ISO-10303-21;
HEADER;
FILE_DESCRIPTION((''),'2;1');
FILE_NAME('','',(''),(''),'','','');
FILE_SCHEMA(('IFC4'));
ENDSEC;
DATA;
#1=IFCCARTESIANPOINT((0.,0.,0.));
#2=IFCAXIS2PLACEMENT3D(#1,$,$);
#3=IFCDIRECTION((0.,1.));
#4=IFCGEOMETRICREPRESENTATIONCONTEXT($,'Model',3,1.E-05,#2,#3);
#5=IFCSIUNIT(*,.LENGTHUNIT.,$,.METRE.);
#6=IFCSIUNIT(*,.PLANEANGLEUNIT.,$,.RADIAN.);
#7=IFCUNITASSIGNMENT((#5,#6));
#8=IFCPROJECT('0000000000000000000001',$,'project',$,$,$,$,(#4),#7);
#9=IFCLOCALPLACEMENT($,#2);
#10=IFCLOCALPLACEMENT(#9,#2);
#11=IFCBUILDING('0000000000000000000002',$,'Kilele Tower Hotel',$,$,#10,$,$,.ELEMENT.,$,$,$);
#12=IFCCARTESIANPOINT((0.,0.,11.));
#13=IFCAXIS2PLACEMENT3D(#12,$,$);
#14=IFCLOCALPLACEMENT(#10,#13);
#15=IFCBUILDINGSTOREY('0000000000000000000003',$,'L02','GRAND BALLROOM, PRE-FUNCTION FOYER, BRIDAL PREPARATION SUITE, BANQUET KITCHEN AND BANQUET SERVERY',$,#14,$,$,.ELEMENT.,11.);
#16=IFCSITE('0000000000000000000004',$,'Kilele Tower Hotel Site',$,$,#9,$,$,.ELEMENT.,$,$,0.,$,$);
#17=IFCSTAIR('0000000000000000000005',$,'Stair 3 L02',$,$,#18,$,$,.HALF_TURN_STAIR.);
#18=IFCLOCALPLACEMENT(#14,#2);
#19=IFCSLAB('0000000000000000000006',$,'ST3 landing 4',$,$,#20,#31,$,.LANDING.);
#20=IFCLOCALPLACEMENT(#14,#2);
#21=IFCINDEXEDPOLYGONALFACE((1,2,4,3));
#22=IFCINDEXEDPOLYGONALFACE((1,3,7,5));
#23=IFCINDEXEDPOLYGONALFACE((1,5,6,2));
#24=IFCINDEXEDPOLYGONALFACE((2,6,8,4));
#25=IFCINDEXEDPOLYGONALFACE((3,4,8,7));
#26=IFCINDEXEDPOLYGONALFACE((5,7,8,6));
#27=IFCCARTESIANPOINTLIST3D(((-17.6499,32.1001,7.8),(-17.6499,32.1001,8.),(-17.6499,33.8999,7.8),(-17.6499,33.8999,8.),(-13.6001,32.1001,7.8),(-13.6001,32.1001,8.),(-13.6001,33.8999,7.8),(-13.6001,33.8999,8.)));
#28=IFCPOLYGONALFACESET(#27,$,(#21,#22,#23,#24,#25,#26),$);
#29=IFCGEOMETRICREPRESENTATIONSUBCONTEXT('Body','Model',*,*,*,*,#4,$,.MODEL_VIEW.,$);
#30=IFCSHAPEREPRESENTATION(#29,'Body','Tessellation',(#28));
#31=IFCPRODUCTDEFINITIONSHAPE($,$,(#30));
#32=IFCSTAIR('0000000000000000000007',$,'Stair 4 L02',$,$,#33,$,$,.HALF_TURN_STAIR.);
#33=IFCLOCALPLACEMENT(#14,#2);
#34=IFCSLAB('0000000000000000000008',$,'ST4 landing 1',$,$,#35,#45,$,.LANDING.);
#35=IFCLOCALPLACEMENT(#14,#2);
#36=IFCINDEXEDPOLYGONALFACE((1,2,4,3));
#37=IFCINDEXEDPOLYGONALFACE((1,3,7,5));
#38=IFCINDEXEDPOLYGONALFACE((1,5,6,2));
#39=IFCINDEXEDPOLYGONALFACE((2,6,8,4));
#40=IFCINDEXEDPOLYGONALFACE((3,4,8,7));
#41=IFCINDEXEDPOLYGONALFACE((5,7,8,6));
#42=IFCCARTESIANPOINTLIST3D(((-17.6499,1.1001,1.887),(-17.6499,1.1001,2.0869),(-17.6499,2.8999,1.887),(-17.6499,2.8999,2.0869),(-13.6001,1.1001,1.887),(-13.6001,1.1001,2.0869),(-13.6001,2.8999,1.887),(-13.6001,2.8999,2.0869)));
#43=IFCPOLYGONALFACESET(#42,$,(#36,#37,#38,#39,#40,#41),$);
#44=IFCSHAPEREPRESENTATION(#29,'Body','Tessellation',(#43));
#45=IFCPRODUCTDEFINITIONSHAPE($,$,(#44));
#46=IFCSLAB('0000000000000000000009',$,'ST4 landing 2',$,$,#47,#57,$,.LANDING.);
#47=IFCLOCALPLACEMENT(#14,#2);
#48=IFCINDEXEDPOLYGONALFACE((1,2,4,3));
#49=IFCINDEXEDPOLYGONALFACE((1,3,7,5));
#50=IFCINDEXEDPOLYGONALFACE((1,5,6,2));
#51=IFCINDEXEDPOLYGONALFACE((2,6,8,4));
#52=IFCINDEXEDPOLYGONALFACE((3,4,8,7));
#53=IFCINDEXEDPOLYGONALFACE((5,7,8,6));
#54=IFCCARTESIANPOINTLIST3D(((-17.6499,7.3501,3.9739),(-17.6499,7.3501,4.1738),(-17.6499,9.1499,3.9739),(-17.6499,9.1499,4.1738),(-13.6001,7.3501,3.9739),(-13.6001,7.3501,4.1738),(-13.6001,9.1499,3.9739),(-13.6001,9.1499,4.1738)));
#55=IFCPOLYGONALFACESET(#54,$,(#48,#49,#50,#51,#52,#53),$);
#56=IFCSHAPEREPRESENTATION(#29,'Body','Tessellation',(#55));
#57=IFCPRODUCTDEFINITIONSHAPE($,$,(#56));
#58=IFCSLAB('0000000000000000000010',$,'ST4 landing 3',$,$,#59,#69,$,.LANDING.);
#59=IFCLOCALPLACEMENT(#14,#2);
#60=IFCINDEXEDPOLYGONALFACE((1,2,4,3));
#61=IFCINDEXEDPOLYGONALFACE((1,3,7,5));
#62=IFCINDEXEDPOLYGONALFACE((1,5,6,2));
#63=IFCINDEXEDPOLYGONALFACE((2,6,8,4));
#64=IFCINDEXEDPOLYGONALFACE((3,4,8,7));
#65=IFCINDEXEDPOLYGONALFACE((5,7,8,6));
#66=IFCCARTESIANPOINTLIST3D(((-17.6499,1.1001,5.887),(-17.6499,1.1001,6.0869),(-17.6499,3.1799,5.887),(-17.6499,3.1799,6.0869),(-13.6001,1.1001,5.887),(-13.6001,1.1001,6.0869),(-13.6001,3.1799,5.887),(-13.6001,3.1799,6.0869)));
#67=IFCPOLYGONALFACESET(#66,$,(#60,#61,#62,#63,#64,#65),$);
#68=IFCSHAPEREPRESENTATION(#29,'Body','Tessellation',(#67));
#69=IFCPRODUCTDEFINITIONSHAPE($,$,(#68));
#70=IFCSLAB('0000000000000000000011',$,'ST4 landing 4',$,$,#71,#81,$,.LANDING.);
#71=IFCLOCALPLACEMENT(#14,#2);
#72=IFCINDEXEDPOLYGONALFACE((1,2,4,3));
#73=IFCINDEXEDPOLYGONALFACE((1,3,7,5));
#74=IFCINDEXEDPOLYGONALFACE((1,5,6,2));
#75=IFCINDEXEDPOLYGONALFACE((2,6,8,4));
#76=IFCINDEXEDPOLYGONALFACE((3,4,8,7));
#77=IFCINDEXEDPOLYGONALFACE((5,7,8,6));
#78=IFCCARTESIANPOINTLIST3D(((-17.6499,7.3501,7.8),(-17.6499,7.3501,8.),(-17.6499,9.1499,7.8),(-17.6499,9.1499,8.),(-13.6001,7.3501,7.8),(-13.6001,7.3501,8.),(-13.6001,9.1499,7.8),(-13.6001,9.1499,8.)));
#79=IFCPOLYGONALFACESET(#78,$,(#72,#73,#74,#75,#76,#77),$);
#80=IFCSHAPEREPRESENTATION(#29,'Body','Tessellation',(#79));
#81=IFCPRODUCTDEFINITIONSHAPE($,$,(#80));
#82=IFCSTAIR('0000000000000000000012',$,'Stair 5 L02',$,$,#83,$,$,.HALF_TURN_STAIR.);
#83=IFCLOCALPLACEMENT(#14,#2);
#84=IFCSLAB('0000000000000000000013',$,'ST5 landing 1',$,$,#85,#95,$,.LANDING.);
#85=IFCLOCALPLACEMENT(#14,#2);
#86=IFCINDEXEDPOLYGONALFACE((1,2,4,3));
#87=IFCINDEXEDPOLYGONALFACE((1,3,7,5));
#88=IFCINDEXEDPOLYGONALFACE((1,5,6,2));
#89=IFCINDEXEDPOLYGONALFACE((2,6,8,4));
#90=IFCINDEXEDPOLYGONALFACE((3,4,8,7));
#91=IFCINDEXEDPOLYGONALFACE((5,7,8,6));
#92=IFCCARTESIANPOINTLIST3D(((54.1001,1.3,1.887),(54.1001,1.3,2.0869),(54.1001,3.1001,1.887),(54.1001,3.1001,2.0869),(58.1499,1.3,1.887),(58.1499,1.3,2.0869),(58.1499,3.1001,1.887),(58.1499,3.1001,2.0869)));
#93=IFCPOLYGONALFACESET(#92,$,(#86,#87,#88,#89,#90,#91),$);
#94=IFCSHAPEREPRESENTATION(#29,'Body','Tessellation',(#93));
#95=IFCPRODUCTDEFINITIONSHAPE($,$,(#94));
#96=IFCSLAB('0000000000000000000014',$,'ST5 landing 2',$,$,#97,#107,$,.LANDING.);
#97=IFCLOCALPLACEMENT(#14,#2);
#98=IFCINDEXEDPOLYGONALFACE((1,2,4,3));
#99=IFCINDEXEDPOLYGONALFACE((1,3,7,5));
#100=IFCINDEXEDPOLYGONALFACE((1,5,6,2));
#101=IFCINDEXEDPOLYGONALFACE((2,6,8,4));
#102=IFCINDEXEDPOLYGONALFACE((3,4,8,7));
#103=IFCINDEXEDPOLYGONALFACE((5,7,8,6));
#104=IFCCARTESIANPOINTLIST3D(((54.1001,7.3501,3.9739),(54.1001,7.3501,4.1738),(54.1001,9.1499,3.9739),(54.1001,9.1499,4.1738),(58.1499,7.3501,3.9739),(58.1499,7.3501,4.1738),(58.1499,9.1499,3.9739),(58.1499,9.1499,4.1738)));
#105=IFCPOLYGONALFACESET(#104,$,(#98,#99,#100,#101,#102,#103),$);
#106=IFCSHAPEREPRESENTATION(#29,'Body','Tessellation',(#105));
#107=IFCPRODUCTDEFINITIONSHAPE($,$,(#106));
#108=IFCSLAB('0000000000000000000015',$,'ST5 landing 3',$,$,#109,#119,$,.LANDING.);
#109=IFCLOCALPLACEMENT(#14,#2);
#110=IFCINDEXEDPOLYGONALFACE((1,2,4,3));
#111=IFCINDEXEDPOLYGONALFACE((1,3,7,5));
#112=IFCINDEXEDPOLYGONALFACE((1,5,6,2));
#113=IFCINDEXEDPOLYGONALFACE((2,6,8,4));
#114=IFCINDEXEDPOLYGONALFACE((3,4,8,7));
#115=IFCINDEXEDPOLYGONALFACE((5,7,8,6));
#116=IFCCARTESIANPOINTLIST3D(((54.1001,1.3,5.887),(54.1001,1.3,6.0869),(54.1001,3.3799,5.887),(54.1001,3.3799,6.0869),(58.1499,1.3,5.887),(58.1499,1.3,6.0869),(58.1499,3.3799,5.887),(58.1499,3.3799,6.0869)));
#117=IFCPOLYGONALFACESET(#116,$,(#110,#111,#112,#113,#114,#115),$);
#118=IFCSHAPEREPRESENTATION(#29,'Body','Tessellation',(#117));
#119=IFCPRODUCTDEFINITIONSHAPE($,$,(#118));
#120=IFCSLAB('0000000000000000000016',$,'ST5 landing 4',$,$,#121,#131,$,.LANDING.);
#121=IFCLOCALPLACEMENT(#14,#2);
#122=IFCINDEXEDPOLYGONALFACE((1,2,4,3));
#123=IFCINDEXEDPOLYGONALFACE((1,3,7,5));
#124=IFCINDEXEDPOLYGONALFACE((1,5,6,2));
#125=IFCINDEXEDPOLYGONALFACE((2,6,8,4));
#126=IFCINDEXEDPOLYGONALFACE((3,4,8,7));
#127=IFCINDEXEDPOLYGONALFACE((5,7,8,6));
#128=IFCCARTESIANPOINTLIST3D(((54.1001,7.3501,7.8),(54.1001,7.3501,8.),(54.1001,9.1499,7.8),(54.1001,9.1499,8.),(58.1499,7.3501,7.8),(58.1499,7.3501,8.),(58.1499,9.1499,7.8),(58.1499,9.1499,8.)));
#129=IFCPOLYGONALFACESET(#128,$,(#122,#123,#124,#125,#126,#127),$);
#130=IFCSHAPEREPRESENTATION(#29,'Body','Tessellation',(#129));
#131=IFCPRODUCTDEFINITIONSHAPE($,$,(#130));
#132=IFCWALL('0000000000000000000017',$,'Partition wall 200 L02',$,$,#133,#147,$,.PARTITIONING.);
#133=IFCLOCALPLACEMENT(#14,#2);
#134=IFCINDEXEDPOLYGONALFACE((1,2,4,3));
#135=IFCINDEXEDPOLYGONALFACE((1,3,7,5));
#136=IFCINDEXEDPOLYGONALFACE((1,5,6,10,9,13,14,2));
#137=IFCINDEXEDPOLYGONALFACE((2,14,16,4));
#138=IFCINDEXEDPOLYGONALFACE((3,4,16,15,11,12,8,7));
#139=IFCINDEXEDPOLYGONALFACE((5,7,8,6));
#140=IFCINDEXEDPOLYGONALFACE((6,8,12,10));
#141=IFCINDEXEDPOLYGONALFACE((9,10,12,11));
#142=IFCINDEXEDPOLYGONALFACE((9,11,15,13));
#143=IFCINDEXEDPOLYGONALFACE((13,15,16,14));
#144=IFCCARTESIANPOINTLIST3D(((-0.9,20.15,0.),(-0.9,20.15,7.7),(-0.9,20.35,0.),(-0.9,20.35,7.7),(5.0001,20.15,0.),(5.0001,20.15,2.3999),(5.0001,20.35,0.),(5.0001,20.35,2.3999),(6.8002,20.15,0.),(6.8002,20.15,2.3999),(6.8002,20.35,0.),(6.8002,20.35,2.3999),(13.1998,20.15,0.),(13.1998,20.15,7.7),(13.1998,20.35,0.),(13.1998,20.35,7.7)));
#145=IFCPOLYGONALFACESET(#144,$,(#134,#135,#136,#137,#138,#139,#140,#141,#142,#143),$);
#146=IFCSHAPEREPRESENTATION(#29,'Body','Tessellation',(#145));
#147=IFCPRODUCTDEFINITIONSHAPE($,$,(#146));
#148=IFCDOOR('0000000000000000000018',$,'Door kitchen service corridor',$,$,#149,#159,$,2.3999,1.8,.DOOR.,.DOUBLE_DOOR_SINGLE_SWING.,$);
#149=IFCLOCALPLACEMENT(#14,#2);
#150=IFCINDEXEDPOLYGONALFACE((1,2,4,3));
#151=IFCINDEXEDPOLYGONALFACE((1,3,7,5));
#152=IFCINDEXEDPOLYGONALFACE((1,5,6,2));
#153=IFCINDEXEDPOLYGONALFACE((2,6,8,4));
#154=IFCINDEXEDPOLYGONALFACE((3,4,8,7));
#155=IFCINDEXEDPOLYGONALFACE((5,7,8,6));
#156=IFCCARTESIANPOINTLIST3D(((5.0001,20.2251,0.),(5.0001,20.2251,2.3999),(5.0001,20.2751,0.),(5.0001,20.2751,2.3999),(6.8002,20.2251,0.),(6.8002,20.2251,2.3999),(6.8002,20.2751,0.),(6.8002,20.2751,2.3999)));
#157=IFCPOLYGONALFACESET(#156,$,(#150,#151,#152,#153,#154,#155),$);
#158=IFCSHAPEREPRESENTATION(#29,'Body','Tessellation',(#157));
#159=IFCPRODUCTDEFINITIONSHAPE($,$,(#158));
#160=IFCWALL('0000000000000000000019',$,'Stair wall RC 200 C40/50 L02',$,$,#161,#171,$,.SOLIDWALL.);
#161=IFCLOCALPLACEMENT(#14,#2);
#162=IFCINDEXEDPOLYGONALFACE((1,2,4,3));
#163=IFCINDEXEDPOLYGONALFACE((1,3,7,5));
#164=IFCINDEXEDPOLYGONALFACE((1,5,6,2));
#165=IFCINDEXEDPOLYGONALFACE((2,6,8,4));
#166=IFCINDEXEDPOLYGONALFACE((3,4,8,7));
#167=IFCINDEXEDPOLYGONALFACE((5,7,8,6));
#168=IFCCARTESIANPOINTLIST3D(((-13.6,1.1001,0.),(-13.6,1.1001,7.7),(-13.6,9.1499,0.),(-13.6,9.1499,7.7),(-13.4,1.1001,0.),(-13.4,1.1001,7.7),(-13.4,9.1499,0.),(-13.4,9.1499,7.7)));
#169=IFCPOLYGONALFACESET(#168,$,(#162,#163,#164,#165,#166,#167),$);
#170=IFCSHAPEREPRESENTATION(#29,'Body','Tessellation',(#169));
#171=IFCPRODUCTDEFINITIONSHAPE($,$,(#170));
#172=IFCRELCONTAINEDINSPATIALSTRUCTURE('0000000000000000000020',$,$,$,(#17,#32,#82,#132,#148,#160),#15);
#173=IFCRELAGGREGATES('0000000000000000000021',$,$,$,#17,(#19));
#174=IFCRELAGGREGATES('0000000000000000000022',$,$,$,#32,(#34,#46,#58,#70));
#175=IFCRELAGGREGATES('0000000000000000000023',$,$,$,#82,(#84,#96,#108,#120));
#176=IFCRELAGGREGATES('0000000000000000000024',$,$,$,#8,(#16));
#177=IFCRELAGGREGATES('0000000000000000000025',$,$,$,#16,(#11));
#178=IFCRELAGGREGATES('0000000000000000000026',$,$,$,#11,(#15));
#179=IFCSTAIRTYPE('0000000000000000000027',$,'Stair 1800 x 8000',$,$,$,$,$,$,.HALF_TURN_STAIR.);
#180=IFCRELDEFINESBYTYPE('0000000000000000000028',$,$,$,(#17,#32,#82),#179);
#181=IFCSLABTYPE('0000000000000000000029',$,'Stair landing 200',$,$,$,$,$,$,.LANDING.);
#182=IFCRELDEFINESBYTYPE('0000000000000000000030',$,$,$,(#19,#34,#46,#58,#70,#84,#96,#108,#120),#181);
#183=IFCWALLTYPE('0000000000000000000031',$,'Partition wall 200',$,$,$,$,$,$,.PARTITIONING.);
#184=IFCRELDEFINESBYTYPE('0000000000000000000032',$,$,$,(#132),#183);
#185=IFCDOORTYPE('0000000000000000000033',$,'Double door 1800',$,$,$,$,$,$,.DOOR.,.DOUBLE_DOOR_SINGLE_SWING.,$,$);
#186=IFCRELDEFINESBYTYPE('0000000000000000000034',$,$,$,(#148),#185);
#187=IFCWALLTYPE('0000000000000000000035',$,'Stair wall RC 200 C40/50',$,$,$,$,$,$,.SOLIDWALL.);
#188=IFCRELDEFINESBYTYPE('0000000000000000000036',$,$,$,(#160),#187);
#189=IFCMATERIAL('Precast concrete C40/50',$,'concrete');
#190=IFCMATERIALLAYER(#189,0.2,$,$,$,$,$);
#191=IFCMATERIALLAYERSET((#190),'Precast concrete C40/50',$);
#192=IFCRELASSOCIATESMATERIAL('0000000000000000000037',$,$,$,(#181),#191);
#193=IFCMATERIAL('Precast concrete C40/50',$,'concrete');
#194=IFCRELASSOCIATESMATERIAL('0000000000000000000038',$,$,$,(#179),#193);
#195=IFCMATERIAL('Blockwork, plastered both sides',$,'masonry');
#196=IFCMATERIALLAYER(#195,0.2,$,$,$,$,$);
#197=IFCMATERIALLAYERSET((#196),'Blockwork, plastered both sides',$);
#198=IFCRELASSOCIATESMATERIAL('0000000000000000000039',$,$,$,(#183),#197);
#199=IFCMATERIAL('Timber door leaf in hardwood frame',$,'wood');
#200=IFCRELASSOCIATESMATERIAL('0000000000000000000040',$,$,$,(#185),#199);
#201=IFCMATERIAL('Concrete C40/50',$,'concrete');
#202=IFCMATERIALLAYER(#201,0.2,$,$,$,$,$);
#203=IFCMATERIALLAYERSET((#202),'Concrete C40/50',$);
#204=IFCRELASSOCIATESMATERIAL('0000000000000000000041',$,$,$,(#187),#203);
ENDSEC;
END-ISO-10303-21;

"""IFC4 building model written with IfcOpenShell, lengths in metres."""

from ifc_helpers import new_model, si_unit, direction, frame, frame_2d, origin, place, context, subcontext, project, spatial, polyline, rectangle, outline, extrude, material, layer, layer_set, type_object, element, fill, aggregate, save


model = new_model("IFC4")

# Units and contexts
model_context = context("Model", 3, precision=1e-05, world=origin(), true_north=direction((0.0, 1.0)))
body_context = subcontext(model_context, "Body", "Model", "MODEL_VIEW")
ifc_project = project(units=[si_unit("LENGTHUNIT", "METRE"), si_unit("PLANEANGLEUNIT", "RADIAN")], contexts=[model_context])

# Site, building, storey
site_placement = place(None, origin())
site = spatial("IfcSite", under=ifc_project, at=site_placement, Name="Kilele Tower Hotel Site", CompositionType="ELEMENT", RefElevation=0.0)
building_placement = place(site_placement, origin())
building = spatial("IfcBuilding", under=site, at=building_placement, Name="Kilele Tower Hotel", CompositionType="ELEMENT")
storey_placement = place(building_placement, frame((0.0, 0.0, 11.0)))
storey = spatial("IfcBuildingStorey", under=building, at=storey_placement, Name="L02", Description="GRAND BALLROOM, PRE-FUNCTION FOYER, BRIDAL PREPARATION SUITE, BANQUET KITCHEN AND BANQUET SERVERY", CompositionType="ELEMENT", Elevation=11.0)

# Stairs, slabs
ifc_material_1 = material(Name="Precast concrete C40/50", Category="concrete")
ifc_layer_1 = layer(ifc_material_1, 0.2)
ifc_layer_set_1 = layer_set([ifc_layer_1], Name="Precast concrete C40/50")
slab_type = type_object("IfcSlabType", Name="Stair landing 200", PredefinedType="LANDING", material=ifc_layer_set_1)
ifc_material_2 = material(Name="Precast concrete C40/50", Category="concrete")
stair_type_1 = type_object("IfcStairType", Name="Stair 1800 x 8000", PredefinedType="HALF_TURN_STAIR", material=ifc_material_2)
stair_1_placement = place(storey_placement, origin())
stair_1 = element("IfcStair", 1, at=stair_1_placement, inside=storey, type_object=stair_type_1, Name="Stair 3 L02", PredefinedType="HALF_TURN_STAIR")
slab_1_placement = place(storey_placement, frame((0.0, 0.0, 7.8)))
slab_1 = element("IfcSlab", 2, at=slab_1_placement, type_object=slab_type, Name="ST3 landing 4", PredefinedType="LANDING", context=body_context, shape_type="SweptSolid", body=[
    extrude(outline(polyline([(-17.6499, 32.1001), (-13.6001, 32.1001), (-13.6001, 33.8999), (-17.6499, 33.8999), (-17.6499, 32.1001)])), origin(), (0.0, 0.0, 1.0), 0.2),
])
aggregate(stair_1, [slab_1])
stair_2_placement = place(storey_placement, origin())
stair_2 = element("IfcStair", 3, at=stair_2_placement, inside=storey, type_object=stair_type_1, Name="Stair 4 L02", PredefinedType="HALF_TURN_STAIR")
slab_2_placement = place(storey_placement, frame((0.0, 0.0, 1.887)))
slab_2 = element("IfcSlab", 4, at=slab_2_placement, type_object=slab_type, Name="ST4 landing 1", PredefinedType="LANDING", context=body_context, shape_type="SweptSolid", body=[
    extrude(outline(polyline([(-17.6499, 1.1001), (-13.6001, 1.1001), (-13.6001, 2.8999), (-17.6499, 2.8999), (-17.6499, 1.1001)])), origin(), (0.0, 0.0, 1.0), 0.2),
])
slab_3_placement = place(storey_placement, frame((0.0, 0.0, 3.9739)))
slab_3 = element("IfcSlab", 5, at=slab_3_placement, type_object=slab_type, Name="ST4 landing 2", PredefinedType="LANDING", context=body_context, shape_type="SweptSolid", body=[
    extrude(outline(polyline([(-17.6499, 7.3501), (-13.6001, 7.3501), (-13.6001, 9.1499), (-17.6499, 9.1499), (-17.6499, 7.3501)])), origin(), (0.0, 0.0, 1.0), 0.2),
])
slab_4_placement = place(storey_placement, frame((0.0, 0.0, 5.887)))
slab_4 = element("IfcSlab", 6, at=slab_4_placement, type_object=slab_type, Name="ST4 landing 3", PredefinedType="LANDING", context=body_context, shape_type="SweptSolid", body=[
    extrude(outline(polyline([(-17.6499, 1.1001), (-13.6001, 1.1001), (-13.6001, 3.1799), (-17.6499, 3.1799), (-17.6499, 1.1001)])), origin(), (0.0, 0.0, 1.0), 0.2),
])
slab_5_placement = place(storey_placement, frame((0.0, 0.0, 7.8)))
slab_5 = element("IfcSlab", 7, at=slab_5_placement, type_object=slab_type, Name="ST4 landing 4", PredefinedType="LANDING", context=body_context, shape_type="SweptSolid", body=[
    extrude(outline(polyline([(-17.6499, 7.3501), (-13.6001, 7.3501), (-13.6001, 9.1499), (-17.6499, 9.1499), (-17.6499, 7.3501)])), origin(), (0.0, 0.0, 1.0), 0.2),
])
aggregate(stair_2, [slab_2, slab_3, slab_4, slab_5])
stair_3_placement = place(storey_placement, origin())
stair_3 = element("IfcStair", 8, at=stair_3_placement, inside=storey, type_object=stair_type_1, Name="Stair 5 L02", PredefinedType="HALF_TURN_STAIR")
slab_6_placement = place(storey_placement, frame((0.0, 0.0, 1.887)))
slab_6 = element("IfcSlab", 9, at=slab_6_placement, type_object=slab_type, Name="ST5 landing 1", PredefinedType="LANDING", context=body_context, shape_type="SweptSolid", body=[
    extrude(outline(polyline([(54.1001, 1.3), (58.1499, 1.3), (58.1499, 3.1001), (54.1001, 3.1001), (54.1001, 1.3)])), origin(), (0.0, 0.0, 1.0), 0.2),
])
slab_7_placement = place(storey_placement, frame((0.0, 0.0, 3.9739)))
slab_7 = element("IfcSlab", 10, at=slab_7_placement, type_object=slab_type, Name="ST5 landing 2", PredefinedType="LANDING", context=body_context, shape_type="SweptSolid", body=[
    extrude(outline(polyline([(54.1001, 7.3501), (58.1499, 7.3501), (58.1499, 9.1499), (54.1001, 9.1499), (54.1001, 7.3501)])), origin(), (0.0, 0.0, 1.0), 0.2),
])
slab_8_placement = place(storey_placement, frame((0.0, 0.0, 5.887)))
slab_8 = element("IfcSlab", 11, at=slab_8_placement, type_object=slab_type, Name="ST5 landing 3", PredefinedType="LANDING", context=body_context, shape_type="SweptSolid", body=[
    extrude(outline(polyline([(54.1001, 1.3), (58.1499, 1.3), (58.1499, 3.3799), (54.1001, 3.3799), (54.1001, 1.3)])), origin(), (0.0, 0.0, 1.0), 0.2),
])
slab_9_placement = place(storey_placement, frame((0.0, 0.0, 7.8)))
slab_9 = element("IfcSlab", 12, at=slab_9_placement, type_object=slab_type, Name="ST5 landing 4", PredefinedType="LANDING", context=body_context, shape_type="SweptSolid", body=[
    extrude(outline(polyline([(54.1001, 7.3501), (58.1499, 7.3501), (58.1499, 9.1499), (54.1001, 9.1499), (54.1001, 7.3501)])), origin(), (0.0, 0.0, 1.0), 0.2),
])
aggregate(stair_3, [slab_6, slab_7, slab_8, slab_9])

# Wall, opening, door
ifc_material_3 = material(Name="Blockwork, plastered both sides", Category="masonry")
ifc_layer_2 = layer(ifc_material_3, 0.2)
ifc_layer_set_2 = layer_set([ifc_layer_2], Name="Blockwork, plastered both sides")
wall_type_1 = type_object("IfcWallType", Name="Partition wall 200", PredefinedType="PARTITIONING", material=ifc_layer_set_2)
wall_1_placement = place(storey_placement, frame((-0.8999, 20.25, 0.0), z_axis=(0.0, 0.0, 1.0), x_axis=(1.0, 0.0, 0.0)))
wall_1 = element("IfcWall", 13, at=wall_1_placement, inside=storey, type_object=wall_type_1, Name="Partition wall 200 L02", PredefinedType="PARTITIONING", context=body_context, shape_type="SweptSolid", body=[
    extrude(rectangle(XDim=14.0999, YDim=0.2, at=frame_2d((7.0498, 0.0))), origin(), (0.0, 0.0, 1.0), 7.7),
])
opening_placement = place(wall_1_placement, frame((7.7, 0.0, 0.0), z_axis=(0.0, 0.0, 1.0), x_axis=(-1.0, 0.0, 0.0)))
opening = element("IfcOpeningElement", 14, at=opening_placement, cuts=wall_1, PredefinedType="OPENING", context=body_context, shape_type="SweptSolid", body=[
    extrude(rectangle(XDim=1.8, YDim=2.3999, at=frame_2d((0.8999, 1.2))), frame((0.0, 0.1099, 0.0), z_axis=(0.0, -1.0, 0.0), x_axis=(1.0, 0.0, 0.0)), (0.0, 0.0, 1.0), 0.22),
])
ifc_material_4 = material(Name="Timber door leaf in hardwood frame", Category="wood")
door_type = type_object("IfcDoorType", Name="Double door 1800", OperationType="DOUBLE_DOOR_SINGLE_SWING", PredefinedType="DOOR", material=ifc_material_4)
door_placement = place(opening_placement, origin())
door = element("IfcDoor", 15, at=door_placement, inside=storey, type_object=door_type, Name="Door kitchen service corridor", OperationType="DOUBLE_DOOR_SINGLE_SWING", OverallHeight=2.3999, OverallWidth=1.8, PredefinedType="DOOR", context=body_context, shape_type="SweptSolid", body=[
    extrude(rectangle(XDim=1.8, YDim=2.3999, at=frame_2d((0.8999, 1.2))), frame((0.0, 0.0249, 0.0), z_axis=(0.0, -1.0, 0.0), x_axis=(1.0, 0.0, 0.0)), (0.0, 0.0, 1.0), 0.05),
])
fill(opening, door)

# Wall
ifc_material_5 = material(Name="Concrete C40/50", Category="concrete")
ifc_layer_3 = layer(ifc_material_5, 0.2)
ifc_layer_set_3 = layer_set([ifc_layer_3], Name="Concrete C40/50")
wall_type_2 = type_object("IfcWallType", Name="Stair wall RC 200 C40/50", PredefinedType="SOLIDWALL", material=ifc_layer_set_3)
wall_2_placement = place(storey_placement, frame((-13.5, 1.1001, 0.0), z_axis=(0.0, 0.0, 1.0), x_axis=(0.0, 1.0, 0.0)))
element("IfcWall", 16, at=wall_2_placement, inside=storey, type_object=wall_type_2, Name="Stair wall RC 200 C40/50 L02", PredefinedType="SOLIDWALL", context=body_context, shape_type="SweptSolid", body=[
    extrude(rectangle(XDim=8.0498, YDim=0.2, at=frame_2d((4.0249, 0.0))), origin(), (0.0, 0.0, 1.0), 7.7),
])

save(model, "model.ifc")
